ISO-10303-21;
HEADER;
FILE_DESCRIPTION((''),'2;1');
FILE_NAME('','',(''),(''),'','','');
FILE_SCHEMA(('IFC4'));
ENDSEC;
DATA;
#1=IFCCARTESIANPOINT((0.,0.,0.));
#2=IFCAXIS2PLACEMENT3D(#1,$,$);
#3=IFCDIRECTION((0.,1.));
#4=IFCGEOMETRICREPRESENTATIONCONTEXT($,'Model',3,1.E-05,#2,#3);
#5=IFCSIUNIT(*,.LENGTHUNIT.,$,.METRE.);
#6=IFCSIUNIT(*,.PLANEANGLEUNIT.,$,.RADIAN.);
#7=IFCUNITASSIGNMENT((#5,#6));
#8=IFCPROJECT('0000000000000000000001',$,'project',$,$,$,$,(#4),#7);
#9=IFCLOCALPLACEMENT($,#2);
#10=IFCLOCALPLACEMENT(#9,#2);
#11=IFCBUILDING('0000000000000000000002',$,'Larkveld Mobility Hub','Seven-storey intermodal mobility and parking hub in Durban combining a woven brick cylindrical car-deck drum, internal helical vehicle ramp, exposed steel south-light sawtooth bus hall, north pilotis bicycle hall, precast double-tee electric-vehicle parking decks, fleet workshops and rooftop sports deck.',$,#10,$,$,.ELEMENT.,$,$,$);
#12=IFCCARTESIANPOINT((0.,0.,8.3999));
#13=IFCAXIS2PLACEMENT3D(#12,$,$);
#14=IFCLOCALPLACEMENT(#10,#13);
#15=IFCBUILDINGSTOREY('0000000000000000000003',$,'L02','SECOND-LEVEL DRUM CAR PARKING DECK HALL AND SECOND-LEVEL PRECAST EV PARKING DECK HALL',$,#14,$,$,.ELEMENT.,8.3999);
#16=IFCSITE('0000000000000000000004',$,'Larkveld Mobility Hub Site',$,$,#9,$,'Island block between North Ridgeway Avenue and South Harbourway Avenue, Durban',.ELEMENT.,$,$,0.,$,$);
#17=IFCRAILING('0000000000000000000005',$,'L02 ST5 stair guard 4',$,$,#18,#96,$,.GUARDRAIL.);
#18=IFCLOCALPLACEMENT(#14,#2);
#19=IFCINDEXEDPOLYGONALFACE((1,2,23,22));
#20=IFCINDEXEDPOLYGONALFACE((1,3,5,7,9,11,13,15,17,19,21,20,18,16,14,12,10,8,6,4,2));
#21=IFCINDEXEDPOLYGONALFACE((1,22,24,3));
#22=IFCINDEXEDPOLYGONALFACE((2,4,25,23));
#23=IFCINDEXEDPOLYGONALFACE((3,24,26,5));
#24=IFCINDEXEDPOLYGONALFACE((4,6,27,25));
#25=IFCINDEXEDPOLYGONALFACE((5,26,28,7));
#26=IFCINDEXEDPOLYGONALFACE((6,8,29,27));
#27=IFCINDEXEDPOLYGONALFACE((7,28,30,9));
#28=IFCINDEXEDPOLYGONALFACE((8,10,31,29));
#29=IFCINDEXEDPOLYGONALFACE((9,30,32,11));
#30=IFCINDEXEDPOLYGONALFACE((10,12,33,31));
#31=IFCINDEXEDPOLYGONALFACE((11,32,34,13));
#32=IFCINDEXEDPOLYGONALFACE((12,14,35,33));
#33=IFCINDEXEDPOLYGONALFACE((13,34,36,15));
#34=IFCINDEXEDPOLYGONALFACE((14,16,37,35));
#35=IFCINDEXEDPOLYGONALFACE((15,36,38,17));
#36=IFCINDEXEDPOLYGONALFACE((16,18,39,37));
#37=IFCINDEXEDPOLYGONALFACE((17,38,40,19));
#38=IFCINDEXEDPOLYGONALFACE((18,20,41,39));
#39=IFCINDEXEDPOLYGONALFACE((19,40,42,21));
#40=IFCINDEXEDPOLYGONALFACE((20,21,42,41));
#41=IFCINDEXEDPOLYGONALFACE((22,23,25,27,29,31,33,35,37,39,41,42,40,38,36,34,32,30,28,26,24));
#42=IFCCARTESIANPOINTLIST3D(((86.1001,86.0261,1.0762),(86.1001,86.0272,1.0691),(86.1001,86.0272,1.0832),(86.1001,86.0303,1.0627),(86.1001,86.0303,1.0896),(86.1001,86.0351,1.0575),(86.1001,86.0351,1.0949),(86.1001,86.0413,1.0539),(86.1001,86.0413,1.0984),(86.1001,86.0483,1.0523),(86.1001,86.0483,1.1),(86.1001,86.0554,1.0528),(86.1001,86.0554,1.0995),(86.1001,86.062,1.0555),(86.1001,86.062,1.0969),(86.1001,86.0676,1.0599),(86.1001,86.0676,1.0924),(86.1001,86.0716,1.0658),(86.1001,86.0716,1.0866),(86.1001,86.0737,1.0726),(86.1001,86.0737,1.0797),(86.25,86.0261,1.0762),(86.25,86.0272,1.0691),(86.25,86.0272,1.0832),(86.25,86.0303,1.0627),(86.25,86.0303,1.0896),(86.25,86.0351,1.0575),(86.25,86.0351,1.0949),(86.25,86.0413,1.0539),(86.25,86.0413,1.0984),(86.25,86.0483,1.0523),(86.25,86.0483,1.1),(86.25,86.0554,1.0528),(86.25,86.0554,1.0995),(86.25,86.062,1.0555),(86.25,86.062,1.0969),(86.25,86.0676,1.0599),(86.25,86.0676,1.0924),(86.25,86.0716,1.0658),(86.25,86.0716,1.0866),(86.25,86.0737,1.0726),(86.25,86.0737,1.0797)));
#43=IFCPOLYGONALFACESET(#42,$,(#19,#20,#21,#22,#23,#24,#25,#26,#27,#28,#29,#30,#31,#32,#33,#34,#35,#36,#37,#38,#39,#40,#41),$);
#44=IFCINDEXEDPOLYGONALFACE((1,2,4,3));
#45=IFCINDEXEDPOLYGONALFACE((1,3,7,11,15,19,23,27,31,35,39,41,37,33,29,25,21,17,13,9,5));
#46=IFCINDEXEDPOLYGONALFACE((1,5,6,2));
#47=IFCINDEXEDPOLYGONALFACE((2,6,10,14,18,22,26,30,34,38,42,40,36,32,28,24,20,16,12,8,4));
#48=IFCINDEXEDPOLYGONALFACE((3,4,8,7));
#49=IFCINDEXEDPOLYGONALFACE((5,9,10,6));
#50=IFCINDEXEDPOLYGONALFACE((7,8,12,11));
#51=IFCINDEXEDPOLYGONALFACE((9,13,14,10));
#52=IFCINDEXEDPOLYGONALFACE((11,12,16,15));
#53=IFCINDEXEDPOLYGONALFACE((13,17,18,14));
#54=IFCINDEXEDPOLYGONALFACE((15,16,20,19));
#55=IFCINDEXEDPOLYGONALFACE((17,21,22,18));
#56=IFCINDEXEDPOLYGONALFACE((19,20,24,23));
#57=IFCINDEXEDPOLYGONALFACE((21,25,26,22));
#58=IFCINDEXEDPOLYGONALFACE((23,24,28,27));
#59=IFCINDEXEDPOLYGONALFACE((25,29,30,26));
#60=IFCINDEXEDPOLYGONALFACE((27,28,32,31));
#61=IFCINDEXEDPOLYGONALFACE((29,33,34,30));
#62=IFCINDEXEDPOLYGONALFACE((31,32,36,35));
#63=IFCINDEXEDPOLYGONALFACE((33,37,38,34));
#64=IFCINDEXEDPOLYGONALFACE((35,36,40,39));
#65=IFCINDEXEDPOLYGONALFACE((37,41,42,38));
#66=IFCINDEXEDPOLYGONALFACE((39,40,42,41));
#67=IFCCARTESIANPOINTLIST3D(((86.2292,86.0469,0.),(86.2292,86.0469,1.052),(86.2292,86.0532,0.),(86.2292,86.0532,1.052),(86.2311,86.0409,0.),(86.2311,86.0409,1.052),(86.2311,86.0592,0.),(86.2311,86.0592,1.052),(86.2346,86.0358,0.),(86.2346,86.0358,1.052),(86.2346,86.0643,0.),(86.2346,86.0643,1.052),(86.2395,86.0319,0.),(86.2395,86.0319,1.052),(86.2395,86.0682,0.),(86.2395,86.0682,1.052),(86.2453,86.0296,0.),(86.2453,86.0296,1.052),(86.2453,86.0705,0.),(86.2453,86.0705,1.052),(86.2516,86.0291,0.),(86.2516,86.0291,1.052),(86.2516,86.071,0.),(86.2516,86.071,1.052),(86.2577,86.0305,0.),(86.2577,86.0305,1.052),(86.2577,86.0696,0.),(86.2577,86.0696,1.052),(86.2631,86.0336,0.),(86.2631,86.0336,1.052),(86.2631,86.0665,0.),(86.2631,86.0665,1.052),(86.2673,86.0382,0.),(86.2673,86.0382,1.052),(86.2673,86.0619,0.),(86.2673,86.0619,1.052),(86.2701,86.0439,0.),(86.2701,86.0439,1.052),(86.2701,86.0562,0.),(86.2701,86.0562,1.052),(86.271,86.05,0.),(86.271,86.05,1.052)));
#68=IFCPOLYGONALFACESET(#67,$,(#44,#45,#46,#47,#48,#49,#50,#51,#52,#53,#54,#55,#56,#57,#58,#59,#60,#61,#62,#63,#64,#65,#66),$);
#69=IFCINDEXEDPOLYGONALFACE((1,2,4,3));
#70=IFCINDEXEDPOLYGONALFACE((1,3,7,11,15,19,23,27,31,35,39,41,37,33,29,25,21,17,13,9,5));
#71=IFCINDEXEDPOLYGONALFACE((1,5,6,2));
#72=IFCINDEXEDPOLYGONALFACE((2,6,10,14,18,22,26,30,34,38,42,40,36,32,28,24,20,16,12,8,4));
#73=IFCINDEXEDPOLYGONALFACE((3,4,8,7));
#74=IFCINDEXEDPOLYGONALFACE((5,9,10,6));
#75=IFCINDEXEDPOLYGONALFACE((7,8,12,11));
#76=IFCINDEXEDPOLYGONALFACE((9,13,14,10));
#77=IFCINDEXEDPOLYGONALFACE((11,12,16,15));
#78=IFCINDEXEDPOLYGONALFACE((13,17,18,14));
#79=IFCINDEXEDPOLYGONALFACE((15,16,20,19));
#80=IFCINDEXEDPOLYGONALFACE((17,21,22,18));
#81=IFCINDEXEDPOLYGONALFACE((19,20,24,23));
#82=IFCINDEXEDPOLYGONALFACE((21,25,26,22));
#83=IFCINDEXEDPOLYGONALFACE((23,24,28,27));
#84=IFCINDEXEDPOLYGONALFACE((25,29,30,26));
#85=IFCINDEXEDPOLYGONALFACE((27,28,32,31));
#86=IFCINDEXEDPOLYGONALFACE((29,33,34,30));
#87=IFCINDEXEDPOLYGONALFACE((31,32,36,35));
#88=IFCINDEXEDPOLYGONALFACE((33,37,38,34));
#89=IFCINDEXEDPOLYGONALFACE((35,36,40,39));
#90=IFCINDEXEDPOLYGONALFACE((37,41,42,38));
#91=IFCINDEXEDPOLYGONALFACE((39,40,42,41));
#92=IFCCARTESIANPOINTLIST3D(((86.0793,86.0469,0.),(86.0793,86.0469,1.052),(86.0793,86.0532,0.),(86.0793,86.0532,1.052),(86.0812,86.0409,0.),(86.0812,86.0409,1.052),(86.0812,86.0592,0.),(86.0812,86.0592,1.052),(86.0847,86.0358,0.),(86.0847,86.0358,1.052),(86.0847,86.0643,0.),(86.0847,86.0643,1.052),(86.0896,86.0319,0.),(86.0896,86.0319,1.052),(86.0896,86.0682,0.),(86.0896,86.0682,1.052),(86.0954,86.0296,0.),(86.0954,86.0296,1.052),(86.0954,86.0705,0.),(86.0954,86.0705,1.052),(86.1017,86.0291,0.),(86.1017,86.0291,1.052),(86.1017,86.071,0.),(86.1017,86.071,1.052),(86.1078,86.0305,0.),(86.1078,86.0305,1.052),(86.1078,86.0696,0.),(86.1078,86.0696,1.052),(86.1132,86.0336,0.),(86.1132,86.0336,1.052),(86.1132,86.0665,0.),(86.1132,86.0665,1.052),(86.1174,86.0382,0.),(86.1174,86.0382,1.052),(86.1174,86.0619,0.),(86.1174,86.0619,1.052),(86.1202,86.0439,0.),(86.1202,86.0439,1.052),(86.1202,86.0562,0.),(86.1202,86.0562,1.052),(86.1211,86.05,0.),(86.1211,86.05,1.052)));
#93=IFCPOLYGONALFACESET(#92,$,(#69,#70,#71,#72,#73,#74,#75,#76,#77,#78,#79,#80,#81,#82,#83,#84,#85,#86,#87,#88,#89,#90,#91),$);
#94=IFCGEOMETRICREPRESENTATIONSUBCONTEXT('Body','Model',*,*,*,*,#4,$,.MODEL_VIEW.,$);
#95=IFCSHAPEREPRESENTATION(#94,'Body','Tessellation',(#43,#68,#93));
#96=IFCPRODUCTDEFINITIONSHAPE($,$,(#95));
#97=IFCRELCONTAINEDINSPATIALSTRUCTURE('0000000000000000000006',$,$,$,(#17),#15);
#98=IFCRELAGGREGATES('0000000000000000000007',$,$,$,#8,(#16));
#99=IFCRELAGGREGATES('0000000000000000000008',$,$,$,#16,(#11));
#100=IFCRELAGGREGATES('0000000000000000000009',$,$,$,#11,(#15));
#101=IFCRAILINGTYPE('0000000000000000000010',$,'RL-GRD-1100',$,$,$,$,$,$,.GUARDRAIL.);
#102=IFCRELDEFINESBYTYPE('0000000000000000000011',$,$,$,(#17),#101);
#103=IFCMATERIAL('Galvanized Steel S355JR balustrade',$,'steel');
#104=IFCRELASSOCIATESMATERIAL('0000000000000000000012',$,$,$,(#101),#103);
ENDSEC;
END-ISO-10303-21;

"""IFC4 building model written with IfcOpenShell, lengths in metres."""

from ifc_helpers import new_model, si_unit, direction, frame, origin, origin_2d, place, context, subcontext, project, spatial, circle, extrude, material, type_object, element, save


model = new_model("IFC4")

# Units and contexts
model_context = context("Model", 3, precision=1e-05, world=origin(), true_north=direction((0.0, 1.0)))
body_context = subcontext(model_context, "Body", "Model", "MODEL_VIEW")
ifc_project = project(units=[si_unit("LENGTHUNIT", "METRE"), si_unit("PLANEANGLEUNIT", "RADIAN")], contexts=[model_context])

# Site, building, storey
site_placement = place(None, origin())
site = spatial("IfcSite", under=ifc_project, at=site_placement, Name="Larkveld Mobility Hub Site", LongName="Island block between North Ridgeway Avenue and South Harbourway Avenue, Durban", CompositionType="ELEMENT", RefElevation=0.0)
building_placement = place(site_placement, origin())
building = spatial("IfcBuilding", under=site, at=building_placement, Name="Larkveld Mobility Hub", Description="Seven-storey intermodal mobility and parking hub in Durban combining a woven brick cylindrical car-deck drum, internal helical vehicle ramp, exposed steel south-light sawtooth bus hall, north pilotis bicycle hall, precast double-tee electric-vehicle parking decks, fleet workshops and rooftop sports deck.", CompositionType="ELEMENT")
storey_placement = place(building_placement, frame((0.0, 0.0, 8.3999)))
storey = spatial("IfcBuildingStorey", under=building, at=storey_placement, Name="L02", Description="SECOND-LEVEL DRUM CAR PARKING DECK HALL AND SECOND-LEVEL PRECAST EV PARKING DECK HALL", CompositionType="ELEMENT", Elevation=8.3999)

# Railing
ifc_material_1 = material(Name="Galvanized Steel S355JR balustrade", Category="steel")
railing_type_1 = type_object("IfcRailingType", Name="RL-GRD-1100", PredefinedType="GUARDRAIL", material=ifc_material_1)
railing_1_placement = place(storey_placement, frame((86.25, 86.05, 0.0)))
element("IfcRailing", 1, at=railing_1_placement, inside=storey, type_object=railing_type_1, Name="L02 ST5 stair guard 4", PredefinedType="GUARDRAIL", context=body_context, shape_type="SweptSolid", body=[
    extrude(circle(Radius=0.0239, at=origin_2d()), frame((0.0, 0.0, 1.0762), z_axis=(-1.0, 0.0, 0.0), x_axis=(0.0, -1.0, 0.0)), (0.0, 0.0, 1.0), 0.1499),
    extrude(circle(Radius=0.021, at=origin_2d()), origin(), (0.0, 0.0, 1.0), 1.052),
    extrude(circle(Radius=0.021, at=origin_2d()), frame((-0.1499, 0.0, 0.0)), (0.0, 0.0, 1.0), 1.052),
])

save(model, "model.ifc")
